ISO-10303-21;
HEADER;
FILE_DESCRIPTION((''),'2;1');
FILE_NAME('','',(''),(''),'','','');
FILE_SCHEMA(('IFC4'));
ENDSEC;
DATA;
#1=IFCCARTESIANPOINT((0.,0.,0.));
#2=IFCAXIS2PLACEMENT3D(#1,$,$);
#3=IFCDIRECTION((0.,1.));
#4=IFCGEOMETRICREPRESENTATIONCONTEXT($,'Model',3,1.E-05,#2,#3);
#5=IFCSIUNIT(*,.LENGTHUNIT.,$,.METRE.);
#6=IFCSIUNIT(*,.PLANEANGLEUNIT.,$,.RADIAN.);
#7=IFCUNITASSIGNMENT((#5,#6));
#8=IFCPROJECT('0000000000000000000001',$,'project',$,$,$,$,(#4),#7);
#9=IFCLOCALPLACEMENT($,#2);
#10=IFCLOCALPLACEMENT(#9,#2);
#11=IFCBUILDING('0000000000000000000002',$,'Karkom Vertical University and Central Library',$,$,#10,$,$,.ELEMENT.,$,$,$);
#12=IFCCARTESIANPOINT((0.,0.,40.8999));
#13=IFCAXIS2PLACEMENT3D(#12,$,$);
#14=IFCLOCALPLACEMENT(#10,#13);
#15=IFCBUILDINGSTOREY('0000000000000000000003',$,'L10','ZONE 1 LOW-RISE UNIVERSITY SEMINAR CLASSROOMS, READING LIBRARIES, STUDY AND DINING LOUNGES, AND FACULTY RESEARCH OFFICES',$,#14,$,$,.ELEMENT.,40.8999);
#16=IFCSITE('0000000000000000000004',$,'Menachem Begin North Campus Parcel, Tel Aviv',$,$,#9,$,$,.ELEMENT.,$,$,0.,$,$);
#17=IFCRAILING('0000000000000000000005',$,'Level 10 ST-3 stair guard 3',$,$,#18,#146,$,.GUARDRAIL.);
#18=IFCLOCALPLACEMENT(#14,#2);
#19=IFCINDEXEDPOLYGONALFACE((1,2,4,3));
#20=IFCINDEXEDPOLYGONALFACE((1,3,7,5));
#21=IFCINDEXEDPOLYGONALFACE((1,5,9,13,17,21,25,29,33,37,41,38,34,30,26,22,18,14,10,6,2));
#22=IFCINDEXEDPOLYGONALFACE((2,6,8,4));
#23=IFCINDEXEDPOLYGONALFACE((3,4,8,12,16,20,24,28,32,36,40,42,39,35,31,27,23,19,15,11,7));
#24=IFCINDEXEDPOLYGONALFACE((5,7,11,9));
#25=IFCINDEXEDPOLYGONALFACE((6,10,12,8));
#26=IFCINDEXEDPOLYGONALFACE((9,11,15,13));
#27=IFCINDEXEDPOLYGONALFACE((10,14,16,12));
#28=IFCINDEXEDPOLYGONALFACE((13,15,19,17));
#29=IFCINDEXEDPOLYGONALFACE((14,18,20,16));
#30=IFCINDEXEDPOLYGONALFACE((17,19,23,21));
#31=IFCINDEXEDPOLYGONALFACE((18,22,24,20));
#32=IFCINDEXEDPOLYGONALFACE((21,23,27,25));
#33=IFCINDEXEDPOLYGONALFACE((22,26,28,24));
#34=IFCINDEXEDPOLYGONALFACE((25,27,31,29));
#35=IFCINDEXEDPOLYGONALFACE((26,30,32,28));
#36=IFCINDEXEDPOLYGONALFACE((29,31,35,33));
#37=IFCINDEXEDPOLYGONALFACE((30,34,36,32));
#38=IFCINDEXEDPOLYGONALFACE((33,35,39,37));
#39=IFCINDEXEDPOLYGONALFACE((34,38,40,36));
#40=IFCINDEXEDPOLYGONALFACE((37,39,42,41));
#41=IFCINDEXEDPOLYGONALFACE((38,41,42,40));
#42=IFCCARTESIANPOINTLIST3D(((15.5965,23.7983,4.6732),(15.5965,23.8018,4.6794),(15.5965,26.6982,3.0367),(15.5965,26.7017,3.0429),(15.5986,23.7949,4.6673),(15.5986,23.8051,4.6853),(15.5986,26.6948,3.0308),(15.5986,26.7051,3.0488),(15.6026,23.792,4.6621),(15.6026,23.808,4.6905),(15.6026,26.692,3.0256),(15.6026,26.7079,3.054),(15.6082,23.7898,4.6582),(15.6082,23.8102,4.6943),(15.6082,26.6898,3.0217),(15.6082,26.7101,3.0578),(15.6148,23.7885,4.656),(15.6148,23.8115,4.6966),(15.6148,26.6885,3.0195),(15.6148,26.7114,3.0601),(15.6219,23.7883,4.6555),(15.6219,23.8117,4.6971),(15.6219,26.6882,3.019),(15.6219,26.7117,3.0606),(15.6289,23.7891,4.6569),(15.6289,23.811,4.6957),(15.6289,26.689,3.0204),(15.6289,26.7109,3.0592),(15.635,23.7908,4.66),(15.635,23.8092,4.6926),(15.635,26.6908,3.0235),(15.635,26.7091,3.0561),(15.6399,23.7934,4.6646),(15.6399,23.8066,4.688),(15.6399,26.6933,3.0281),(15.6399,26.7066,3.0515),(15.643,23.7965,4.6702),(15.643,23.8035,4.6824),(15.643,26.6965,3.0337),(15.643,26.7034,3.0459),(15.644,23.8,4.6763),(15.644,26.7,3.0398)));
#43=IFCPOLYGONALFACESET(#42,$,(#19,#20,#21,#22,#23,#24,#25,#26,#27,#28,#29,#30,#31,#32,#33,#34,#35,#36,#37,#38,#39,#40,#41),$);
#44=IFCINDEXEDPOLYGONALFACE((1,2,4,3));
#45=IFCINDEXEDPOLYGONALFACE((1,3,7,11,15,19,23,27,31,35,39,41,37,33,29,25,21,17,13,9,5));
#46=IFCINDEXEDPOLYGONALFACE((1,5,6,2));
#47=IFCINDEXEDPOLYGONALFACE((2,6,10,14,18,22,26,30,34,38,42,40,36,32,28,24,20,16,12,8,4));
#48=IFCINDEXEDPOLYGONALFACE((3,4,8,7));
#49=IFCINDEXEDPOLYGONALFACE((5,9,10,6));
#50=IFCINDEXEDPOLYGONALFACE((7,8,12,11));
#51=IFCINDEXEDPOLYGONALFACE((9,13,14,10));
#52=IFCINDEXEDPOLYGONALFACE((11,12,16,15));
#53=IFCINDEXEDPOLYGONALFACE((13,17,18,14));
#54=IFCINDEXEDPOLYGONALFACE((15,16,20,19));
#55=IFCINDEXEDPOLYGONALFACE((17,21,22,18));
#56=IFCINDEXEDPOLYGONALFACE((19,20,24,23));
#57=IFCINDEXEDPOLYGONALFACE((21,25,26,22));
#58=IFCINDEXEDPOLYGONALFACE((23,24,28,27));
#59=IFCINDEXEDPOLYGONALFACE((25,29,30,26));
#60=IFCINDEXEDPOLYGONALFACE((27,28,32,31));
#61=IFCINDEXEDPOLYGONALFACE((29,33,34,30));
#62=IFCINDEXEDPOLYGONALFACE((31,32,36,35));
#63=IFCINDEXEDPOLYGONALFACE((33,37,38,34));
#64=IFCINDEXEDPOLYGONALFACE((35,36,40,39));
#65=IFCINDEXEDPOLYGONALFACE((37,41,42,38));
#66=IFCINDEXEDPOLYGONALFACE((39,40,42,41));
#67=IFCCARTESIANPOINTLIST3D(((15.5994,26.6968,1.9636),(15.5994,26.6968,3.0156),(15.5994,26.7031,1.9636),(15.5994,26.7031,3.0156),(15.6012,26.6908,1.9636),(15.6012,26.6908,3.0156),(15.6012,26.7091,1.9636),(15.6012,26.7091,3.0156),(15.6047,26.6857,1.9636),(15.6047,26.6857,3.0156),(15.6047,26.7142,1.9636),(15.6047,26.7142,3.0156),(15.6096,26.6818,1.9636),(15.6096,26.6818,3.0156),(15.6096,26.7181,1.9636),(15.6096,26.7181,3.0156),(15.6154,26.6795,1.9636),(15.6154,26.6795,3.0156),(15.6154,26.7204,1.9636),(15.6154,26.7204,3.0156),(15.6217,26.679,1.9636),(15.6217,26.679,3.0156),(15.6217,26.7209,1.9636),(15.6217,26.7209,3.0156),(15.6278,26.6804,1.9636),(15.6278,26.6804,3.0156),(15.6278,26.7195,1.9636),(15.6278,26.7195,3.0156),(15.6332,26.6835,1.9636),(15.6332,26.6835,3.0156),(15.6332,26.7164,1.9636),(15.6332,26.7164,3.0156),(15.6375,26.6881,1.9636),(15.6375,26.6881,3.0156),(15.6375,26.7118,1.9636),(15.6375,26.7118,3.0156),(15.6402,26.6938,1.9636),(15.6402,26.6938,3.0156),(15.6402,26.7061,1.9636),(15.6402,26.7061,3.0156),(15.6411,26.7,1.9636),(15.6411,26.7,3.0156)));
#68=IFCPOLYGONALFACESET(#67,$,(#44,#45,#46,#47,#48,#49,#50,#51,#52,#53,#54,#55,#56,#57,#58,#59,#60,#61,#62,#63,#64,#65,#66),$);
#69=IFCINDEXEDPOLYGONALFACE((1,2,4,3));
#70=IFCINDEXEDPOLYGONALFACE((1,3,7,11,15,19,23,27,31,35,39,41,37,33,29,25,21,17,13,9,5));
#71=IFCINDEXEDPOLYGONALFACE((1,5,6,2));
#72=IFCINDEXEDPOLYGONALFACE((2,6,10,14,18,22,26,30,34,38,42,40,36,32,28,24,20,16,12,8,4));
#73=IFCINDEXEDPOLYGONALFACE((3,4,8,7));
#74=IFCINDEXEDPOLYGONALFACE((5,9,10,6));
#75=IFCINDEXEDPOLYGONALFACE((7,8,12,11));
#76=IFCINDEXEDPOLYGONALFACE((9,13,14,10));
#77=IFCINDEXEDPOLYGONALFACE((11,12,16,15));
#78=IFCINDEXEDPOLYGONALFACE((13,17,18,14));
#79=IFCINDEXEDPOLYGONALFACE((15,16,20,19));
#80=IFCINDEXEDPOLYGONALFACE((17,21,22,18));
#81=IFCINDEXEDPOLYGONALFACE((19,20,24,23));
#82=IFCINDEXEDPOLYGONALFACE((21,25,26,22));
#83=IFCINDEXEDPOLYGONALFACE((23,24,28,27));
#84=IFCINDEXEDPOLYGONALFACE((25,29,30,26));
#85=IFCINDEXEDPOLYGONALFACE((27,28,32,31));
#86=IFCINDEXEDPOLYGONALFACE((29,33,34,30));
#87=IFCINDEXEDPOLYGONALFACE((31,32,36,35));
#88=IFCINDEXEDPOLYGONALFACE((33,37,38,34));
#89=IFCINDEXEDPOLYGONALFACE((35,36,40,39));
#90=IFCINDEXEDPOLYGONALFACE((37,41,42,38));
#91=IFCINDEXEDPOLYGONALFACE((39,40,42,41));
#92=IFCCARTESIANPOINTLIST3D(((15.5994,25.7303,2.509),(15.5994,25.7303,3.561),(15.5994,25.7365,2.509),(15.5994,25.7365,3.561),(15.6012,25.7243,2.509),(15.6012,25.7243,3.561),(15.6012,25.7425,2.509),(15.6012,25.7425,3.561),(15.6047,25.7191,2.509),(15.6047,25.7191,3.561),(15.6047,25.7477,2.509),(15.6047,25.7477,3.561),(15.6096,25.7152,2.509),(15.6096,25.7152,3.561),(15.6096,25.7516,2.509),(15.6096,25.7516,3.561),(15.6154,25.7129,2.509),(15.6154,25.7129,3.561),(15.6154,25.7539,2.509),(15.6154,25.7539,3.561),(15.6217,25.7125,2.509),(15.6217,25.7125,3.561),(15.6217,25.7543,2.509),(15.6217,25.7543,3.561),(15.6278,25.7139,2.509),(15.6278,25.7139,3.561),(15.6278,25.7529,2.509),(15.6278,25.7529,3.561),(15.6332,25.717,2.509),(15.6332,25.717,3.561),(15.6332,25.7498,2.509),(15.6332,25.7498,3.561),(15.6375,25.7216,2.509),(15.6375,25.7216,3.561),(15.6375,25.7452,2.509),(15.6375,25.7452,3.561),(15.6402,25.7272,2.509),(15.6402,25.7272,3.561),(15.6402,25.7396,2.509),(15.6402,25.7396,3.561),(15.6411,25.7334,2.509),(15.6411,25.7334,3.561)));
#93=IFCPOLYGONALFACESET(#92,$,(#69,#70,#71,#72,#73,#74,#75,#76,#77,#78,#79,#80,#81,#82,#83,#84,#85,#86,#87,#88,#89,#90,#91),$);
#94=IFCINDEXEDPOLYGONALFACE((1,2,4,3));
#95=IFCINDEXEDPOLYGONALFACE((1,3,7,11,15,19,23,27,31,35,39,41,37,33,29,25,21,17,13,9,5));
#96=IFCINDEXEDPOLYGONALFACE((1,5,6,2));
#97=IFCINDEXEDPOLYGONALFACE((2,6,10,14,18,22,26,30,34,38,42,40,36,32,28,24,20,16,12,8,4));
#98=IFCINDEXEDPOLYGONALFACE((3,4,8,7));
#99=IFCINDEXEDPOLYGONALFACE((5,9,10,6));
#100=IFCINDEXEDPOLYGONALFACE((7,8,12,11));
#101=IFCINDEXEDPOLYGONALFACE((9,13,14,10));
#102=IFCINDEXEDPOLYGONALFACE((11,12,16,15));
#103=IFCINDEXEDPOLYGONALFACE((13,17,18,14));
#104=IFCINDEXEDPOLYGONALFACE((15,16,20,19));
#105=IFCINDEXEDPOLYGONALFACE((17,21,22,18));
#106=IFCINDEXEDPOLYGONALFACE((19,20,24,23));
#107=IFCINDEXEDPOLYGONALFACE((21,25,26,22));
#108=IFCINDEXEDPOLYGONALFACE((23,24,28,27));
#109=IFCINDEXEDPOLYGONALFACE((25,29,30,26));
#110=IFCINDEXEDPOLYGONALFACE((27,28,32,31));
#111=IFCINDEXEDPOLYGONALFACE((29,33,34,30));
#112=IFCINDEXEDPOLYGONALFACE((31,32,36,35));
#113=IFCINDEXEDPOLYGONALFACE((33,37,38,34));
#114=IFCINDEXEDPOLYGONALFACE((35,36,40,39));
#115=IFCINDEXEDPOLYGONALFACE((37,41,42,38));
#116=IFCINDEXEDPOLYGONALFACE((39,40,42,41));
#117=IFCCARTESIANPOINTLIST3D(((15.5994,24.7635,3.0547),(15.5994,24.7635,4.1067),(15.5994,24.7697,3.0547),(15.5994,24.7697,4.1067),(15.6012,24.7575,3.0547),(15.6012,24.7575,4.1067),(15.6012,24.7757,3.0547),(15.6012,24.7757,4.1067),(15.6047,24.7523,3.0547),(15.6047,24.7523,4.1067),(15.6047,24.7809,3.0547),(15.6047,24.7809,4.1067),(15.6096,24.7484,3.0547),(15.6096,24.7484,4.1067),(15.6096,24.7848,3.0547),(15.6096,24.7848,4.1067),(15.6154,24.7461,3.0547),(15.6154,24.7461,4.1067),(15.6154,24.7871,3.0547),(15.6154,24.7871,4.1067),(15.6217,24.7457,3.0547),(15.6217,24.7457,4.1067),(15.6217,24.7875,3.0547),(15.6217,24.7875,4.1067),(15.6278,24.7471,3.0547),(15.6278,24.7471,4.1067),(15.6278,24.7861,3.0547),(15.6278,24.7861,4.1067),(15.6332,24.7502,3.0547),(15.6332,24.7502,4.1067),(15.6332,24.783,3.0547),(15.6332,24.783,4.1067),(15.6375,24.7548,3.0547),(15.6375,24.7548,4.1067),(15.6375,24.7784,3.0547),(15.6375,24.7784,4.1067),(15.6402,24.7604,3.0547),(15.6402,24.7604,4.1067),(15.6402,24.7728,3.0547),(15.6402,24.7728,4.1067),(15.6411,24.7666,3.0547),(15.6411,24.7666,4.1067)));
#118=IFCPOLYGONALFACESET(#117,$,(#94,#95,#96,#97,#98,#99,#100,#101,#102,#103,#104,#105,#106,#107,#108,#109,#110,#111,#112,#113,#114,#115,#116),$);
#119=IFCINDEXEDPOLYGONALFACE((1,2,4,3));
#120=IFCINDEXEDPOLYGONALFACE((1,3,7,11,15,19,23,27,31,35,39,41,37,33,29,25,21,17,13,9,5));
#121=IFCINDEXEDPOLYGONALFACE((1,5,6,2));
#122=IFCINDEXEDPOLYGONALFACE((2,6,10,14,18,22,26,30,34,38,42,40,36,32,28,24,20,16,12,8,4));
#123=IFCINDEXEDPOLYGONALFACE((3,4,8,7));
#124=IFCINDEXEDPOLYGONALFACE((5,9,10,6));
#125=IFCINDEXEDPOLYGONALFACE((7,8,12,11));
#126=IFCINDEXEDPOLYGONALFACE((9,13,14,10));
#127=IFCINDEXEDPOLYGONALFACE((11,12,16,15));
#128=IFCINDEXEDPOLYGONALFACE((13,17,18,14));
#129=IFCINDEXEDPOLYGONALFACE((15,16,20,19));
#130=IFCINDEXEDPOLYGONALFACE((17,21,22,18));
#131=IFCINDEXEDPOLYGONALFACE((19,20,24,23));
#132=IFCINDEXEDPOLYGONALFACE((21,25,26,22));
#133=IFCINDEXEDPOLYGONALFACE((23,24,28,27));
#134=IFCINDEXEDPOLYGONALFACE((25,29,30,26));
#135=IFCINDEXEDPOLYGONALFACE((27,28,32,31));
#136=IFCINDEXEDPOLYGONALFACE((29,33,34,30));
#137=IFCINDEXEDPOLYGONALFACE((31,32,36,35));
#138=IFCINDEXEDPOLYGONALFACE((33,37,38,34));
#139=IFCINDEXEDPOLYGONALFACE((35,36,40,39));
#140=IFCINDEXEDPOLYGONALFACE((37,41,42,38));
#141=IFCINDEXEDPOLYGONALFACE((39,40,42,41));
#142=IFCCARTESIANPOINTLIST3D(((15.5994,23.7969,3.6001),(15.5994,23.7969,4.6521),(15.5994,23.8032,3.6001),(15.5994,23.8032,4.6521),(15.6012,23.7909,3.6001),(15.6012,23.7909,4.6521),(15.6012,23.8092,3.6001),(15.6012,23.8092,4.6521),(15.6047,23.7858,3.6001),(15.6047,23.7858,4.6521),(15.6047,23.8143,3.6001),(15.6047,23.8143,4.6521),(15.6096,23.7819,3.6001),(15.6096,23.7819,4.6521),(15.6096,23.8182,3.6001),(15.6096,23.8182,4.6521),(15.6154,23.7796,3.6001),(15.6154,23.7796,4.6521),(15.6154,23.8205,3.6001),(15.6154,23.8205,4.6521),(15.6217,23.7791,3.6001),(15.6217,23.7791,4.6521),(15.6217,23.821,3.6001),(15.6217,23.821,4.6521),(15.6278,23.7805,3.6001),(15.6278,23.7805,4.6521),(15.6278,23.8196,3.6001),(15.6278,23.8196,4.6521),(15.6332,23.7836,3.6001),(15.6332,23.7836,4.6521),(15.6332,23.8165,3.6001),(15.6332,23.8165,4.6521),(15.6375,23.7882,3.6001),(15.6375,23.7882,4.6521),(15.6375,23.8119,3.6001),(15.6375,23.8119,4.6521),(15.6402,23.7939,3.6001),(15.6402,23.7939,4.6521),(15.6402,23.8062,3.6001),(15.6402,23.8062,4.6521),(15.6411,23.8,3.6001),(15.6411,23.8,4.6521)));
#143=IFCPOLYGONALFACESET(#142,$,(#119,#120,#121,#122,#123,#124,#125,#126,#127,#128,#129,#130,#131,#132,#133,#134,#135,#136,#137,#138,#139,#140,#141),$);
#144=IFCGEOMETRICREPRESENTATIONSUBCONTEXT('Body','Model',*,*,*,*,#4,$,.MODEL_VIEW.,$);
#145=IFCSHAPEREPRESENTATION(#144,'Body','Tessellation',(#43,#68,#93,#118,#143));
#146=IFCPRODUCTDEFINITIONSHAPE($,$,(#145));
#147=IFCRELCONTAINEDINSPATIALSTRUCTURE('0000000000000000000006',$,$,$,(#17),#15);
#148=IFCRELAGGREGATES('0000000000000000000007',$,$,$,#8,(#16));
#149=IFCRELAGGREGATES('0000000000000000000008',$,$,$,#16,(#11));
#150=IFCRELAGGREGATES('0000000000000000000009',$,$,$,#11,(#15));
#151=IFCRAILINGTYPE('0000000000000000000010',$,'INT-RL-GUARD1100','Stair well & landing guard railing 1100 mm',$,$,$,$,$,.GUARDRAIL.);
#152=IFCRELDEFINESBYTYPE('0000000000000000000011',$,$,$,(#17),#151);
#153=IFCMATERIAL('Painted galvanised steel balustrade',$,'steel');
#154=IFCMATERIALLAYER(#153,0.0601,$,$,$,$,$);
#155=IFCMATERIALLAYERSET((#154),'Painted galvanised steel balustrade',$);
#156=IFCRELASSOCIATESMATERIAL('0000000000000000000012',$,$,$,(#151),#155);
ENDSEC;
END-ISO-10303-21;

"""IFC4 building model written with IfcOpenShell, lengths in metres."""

from ifc_helpers import new_model, si_unit, direction, frame, origin, origin_2d, place, context, subcontext, project, spatial, circle, extrude, material, layer, layer_set, type_object, element, save


model = new_model("IFC4")

# Units and contexts
model_context = context("Model", 3, precision=1e-05, world=origin(), true_north=direction((0.0, 1.0)))
body_context = subcontext(model_context, "Body", "Model", "MODEL_VIEW")
ifc_project = project(units=[si_unit("LENGTHUNIT", "METRE"), si_unit("PLANEANGLEUNIT", "RADIAN")], contexts=[model_context])

# Site, building, storey
site_placement = place(None, origin())
site = spatial("IfcSite", under=ifc_project, at=site_placement, Name="Menachem Begin North Campus Parcel, Tel Aviv", CompositionType="ELEMENT", RefElevation=0.0)
building_placement = place(site_placement, origin())
building = spatial("IfcBuilding", under=site, at=building_placement, Name="Karkom Vertical University and Central Library", CompositionType="ELEMENT")
storey_placement = place(building_placement, frame((0.0, 0.0, 40.8999)))
storey = spatial("IfcBuildingStorey", under=building, at=storey_placement, Name="L10", Description="ZONE 1 LOW-RISE UNIVERSITY SEMINAR CLASSROOMS, READING LIBRARIES, STUDY AND DINING LOUNGES, AND FACULTY RESEARCH OFFICES", CompositionType="ELEMENT", Elevation=40.8999)

# Railing
ifc_material_1 = material(Name="Painted galvanised steel balustrade", Category="steel")
ifc_layer_1 = layer(ifc_material_1, 0.0601)
ifc_layer_set_1 = layer_set([ifc_layer_1], Name="Painted galvanised steel balustrade")
railing_type_1 = type_object("IfcRailingType", Name="INT-RL-GUARD1100", Description="Stair well & landing guard railing 1100 mm", PredefinedType="GUARDRAIL", material=ifc_layer_set_1)
railing_1_placement = place(storey_placement, frame((15.6201, 26.7, 1.9636)))
element("IfcRailing", 1, at=railing_1_placement, inside=storey, type_object=railing_type_1, Name="Level 10 ST-3 stair guard 3", PredefinedType="GUARDRAIL", context=body_context, shape_type="SweptSolid", body=[
    extrude(circle(Radius=0.0239, at=origin_2d()), frame((0.0, 0.0, 1.0762), z_axis=(0.0, -0.870897, 0.491465), x_axis=(1.0, 0.0, 0.0)), (0.0, 0.0, 1.0), 3.3298),
    extrude(circle(Radius=0.021, at=origin_2d()), origin(), (0.0, 0.0, 1.0), 1.052),
    extrude(circle(Radius=0.021, at=origin_2d()), frame((0.0, -0.9666, 0.5454)), (0.0, 0.0, 1.0), 1.052),
    extrude(circle(Radius=0.021, at=origin_2d()), frame((0.0, -1.9333, 1.0911)), (0.0, 0.0, 1.0), 1.052),
    extrude(circle(Radius=0.021, at=origin_2d()), frame((0.0, -2.8999, 1.6365)), (0.0, 0.0, 1.0), 1.052),
])

save(model, "model.ifc")
